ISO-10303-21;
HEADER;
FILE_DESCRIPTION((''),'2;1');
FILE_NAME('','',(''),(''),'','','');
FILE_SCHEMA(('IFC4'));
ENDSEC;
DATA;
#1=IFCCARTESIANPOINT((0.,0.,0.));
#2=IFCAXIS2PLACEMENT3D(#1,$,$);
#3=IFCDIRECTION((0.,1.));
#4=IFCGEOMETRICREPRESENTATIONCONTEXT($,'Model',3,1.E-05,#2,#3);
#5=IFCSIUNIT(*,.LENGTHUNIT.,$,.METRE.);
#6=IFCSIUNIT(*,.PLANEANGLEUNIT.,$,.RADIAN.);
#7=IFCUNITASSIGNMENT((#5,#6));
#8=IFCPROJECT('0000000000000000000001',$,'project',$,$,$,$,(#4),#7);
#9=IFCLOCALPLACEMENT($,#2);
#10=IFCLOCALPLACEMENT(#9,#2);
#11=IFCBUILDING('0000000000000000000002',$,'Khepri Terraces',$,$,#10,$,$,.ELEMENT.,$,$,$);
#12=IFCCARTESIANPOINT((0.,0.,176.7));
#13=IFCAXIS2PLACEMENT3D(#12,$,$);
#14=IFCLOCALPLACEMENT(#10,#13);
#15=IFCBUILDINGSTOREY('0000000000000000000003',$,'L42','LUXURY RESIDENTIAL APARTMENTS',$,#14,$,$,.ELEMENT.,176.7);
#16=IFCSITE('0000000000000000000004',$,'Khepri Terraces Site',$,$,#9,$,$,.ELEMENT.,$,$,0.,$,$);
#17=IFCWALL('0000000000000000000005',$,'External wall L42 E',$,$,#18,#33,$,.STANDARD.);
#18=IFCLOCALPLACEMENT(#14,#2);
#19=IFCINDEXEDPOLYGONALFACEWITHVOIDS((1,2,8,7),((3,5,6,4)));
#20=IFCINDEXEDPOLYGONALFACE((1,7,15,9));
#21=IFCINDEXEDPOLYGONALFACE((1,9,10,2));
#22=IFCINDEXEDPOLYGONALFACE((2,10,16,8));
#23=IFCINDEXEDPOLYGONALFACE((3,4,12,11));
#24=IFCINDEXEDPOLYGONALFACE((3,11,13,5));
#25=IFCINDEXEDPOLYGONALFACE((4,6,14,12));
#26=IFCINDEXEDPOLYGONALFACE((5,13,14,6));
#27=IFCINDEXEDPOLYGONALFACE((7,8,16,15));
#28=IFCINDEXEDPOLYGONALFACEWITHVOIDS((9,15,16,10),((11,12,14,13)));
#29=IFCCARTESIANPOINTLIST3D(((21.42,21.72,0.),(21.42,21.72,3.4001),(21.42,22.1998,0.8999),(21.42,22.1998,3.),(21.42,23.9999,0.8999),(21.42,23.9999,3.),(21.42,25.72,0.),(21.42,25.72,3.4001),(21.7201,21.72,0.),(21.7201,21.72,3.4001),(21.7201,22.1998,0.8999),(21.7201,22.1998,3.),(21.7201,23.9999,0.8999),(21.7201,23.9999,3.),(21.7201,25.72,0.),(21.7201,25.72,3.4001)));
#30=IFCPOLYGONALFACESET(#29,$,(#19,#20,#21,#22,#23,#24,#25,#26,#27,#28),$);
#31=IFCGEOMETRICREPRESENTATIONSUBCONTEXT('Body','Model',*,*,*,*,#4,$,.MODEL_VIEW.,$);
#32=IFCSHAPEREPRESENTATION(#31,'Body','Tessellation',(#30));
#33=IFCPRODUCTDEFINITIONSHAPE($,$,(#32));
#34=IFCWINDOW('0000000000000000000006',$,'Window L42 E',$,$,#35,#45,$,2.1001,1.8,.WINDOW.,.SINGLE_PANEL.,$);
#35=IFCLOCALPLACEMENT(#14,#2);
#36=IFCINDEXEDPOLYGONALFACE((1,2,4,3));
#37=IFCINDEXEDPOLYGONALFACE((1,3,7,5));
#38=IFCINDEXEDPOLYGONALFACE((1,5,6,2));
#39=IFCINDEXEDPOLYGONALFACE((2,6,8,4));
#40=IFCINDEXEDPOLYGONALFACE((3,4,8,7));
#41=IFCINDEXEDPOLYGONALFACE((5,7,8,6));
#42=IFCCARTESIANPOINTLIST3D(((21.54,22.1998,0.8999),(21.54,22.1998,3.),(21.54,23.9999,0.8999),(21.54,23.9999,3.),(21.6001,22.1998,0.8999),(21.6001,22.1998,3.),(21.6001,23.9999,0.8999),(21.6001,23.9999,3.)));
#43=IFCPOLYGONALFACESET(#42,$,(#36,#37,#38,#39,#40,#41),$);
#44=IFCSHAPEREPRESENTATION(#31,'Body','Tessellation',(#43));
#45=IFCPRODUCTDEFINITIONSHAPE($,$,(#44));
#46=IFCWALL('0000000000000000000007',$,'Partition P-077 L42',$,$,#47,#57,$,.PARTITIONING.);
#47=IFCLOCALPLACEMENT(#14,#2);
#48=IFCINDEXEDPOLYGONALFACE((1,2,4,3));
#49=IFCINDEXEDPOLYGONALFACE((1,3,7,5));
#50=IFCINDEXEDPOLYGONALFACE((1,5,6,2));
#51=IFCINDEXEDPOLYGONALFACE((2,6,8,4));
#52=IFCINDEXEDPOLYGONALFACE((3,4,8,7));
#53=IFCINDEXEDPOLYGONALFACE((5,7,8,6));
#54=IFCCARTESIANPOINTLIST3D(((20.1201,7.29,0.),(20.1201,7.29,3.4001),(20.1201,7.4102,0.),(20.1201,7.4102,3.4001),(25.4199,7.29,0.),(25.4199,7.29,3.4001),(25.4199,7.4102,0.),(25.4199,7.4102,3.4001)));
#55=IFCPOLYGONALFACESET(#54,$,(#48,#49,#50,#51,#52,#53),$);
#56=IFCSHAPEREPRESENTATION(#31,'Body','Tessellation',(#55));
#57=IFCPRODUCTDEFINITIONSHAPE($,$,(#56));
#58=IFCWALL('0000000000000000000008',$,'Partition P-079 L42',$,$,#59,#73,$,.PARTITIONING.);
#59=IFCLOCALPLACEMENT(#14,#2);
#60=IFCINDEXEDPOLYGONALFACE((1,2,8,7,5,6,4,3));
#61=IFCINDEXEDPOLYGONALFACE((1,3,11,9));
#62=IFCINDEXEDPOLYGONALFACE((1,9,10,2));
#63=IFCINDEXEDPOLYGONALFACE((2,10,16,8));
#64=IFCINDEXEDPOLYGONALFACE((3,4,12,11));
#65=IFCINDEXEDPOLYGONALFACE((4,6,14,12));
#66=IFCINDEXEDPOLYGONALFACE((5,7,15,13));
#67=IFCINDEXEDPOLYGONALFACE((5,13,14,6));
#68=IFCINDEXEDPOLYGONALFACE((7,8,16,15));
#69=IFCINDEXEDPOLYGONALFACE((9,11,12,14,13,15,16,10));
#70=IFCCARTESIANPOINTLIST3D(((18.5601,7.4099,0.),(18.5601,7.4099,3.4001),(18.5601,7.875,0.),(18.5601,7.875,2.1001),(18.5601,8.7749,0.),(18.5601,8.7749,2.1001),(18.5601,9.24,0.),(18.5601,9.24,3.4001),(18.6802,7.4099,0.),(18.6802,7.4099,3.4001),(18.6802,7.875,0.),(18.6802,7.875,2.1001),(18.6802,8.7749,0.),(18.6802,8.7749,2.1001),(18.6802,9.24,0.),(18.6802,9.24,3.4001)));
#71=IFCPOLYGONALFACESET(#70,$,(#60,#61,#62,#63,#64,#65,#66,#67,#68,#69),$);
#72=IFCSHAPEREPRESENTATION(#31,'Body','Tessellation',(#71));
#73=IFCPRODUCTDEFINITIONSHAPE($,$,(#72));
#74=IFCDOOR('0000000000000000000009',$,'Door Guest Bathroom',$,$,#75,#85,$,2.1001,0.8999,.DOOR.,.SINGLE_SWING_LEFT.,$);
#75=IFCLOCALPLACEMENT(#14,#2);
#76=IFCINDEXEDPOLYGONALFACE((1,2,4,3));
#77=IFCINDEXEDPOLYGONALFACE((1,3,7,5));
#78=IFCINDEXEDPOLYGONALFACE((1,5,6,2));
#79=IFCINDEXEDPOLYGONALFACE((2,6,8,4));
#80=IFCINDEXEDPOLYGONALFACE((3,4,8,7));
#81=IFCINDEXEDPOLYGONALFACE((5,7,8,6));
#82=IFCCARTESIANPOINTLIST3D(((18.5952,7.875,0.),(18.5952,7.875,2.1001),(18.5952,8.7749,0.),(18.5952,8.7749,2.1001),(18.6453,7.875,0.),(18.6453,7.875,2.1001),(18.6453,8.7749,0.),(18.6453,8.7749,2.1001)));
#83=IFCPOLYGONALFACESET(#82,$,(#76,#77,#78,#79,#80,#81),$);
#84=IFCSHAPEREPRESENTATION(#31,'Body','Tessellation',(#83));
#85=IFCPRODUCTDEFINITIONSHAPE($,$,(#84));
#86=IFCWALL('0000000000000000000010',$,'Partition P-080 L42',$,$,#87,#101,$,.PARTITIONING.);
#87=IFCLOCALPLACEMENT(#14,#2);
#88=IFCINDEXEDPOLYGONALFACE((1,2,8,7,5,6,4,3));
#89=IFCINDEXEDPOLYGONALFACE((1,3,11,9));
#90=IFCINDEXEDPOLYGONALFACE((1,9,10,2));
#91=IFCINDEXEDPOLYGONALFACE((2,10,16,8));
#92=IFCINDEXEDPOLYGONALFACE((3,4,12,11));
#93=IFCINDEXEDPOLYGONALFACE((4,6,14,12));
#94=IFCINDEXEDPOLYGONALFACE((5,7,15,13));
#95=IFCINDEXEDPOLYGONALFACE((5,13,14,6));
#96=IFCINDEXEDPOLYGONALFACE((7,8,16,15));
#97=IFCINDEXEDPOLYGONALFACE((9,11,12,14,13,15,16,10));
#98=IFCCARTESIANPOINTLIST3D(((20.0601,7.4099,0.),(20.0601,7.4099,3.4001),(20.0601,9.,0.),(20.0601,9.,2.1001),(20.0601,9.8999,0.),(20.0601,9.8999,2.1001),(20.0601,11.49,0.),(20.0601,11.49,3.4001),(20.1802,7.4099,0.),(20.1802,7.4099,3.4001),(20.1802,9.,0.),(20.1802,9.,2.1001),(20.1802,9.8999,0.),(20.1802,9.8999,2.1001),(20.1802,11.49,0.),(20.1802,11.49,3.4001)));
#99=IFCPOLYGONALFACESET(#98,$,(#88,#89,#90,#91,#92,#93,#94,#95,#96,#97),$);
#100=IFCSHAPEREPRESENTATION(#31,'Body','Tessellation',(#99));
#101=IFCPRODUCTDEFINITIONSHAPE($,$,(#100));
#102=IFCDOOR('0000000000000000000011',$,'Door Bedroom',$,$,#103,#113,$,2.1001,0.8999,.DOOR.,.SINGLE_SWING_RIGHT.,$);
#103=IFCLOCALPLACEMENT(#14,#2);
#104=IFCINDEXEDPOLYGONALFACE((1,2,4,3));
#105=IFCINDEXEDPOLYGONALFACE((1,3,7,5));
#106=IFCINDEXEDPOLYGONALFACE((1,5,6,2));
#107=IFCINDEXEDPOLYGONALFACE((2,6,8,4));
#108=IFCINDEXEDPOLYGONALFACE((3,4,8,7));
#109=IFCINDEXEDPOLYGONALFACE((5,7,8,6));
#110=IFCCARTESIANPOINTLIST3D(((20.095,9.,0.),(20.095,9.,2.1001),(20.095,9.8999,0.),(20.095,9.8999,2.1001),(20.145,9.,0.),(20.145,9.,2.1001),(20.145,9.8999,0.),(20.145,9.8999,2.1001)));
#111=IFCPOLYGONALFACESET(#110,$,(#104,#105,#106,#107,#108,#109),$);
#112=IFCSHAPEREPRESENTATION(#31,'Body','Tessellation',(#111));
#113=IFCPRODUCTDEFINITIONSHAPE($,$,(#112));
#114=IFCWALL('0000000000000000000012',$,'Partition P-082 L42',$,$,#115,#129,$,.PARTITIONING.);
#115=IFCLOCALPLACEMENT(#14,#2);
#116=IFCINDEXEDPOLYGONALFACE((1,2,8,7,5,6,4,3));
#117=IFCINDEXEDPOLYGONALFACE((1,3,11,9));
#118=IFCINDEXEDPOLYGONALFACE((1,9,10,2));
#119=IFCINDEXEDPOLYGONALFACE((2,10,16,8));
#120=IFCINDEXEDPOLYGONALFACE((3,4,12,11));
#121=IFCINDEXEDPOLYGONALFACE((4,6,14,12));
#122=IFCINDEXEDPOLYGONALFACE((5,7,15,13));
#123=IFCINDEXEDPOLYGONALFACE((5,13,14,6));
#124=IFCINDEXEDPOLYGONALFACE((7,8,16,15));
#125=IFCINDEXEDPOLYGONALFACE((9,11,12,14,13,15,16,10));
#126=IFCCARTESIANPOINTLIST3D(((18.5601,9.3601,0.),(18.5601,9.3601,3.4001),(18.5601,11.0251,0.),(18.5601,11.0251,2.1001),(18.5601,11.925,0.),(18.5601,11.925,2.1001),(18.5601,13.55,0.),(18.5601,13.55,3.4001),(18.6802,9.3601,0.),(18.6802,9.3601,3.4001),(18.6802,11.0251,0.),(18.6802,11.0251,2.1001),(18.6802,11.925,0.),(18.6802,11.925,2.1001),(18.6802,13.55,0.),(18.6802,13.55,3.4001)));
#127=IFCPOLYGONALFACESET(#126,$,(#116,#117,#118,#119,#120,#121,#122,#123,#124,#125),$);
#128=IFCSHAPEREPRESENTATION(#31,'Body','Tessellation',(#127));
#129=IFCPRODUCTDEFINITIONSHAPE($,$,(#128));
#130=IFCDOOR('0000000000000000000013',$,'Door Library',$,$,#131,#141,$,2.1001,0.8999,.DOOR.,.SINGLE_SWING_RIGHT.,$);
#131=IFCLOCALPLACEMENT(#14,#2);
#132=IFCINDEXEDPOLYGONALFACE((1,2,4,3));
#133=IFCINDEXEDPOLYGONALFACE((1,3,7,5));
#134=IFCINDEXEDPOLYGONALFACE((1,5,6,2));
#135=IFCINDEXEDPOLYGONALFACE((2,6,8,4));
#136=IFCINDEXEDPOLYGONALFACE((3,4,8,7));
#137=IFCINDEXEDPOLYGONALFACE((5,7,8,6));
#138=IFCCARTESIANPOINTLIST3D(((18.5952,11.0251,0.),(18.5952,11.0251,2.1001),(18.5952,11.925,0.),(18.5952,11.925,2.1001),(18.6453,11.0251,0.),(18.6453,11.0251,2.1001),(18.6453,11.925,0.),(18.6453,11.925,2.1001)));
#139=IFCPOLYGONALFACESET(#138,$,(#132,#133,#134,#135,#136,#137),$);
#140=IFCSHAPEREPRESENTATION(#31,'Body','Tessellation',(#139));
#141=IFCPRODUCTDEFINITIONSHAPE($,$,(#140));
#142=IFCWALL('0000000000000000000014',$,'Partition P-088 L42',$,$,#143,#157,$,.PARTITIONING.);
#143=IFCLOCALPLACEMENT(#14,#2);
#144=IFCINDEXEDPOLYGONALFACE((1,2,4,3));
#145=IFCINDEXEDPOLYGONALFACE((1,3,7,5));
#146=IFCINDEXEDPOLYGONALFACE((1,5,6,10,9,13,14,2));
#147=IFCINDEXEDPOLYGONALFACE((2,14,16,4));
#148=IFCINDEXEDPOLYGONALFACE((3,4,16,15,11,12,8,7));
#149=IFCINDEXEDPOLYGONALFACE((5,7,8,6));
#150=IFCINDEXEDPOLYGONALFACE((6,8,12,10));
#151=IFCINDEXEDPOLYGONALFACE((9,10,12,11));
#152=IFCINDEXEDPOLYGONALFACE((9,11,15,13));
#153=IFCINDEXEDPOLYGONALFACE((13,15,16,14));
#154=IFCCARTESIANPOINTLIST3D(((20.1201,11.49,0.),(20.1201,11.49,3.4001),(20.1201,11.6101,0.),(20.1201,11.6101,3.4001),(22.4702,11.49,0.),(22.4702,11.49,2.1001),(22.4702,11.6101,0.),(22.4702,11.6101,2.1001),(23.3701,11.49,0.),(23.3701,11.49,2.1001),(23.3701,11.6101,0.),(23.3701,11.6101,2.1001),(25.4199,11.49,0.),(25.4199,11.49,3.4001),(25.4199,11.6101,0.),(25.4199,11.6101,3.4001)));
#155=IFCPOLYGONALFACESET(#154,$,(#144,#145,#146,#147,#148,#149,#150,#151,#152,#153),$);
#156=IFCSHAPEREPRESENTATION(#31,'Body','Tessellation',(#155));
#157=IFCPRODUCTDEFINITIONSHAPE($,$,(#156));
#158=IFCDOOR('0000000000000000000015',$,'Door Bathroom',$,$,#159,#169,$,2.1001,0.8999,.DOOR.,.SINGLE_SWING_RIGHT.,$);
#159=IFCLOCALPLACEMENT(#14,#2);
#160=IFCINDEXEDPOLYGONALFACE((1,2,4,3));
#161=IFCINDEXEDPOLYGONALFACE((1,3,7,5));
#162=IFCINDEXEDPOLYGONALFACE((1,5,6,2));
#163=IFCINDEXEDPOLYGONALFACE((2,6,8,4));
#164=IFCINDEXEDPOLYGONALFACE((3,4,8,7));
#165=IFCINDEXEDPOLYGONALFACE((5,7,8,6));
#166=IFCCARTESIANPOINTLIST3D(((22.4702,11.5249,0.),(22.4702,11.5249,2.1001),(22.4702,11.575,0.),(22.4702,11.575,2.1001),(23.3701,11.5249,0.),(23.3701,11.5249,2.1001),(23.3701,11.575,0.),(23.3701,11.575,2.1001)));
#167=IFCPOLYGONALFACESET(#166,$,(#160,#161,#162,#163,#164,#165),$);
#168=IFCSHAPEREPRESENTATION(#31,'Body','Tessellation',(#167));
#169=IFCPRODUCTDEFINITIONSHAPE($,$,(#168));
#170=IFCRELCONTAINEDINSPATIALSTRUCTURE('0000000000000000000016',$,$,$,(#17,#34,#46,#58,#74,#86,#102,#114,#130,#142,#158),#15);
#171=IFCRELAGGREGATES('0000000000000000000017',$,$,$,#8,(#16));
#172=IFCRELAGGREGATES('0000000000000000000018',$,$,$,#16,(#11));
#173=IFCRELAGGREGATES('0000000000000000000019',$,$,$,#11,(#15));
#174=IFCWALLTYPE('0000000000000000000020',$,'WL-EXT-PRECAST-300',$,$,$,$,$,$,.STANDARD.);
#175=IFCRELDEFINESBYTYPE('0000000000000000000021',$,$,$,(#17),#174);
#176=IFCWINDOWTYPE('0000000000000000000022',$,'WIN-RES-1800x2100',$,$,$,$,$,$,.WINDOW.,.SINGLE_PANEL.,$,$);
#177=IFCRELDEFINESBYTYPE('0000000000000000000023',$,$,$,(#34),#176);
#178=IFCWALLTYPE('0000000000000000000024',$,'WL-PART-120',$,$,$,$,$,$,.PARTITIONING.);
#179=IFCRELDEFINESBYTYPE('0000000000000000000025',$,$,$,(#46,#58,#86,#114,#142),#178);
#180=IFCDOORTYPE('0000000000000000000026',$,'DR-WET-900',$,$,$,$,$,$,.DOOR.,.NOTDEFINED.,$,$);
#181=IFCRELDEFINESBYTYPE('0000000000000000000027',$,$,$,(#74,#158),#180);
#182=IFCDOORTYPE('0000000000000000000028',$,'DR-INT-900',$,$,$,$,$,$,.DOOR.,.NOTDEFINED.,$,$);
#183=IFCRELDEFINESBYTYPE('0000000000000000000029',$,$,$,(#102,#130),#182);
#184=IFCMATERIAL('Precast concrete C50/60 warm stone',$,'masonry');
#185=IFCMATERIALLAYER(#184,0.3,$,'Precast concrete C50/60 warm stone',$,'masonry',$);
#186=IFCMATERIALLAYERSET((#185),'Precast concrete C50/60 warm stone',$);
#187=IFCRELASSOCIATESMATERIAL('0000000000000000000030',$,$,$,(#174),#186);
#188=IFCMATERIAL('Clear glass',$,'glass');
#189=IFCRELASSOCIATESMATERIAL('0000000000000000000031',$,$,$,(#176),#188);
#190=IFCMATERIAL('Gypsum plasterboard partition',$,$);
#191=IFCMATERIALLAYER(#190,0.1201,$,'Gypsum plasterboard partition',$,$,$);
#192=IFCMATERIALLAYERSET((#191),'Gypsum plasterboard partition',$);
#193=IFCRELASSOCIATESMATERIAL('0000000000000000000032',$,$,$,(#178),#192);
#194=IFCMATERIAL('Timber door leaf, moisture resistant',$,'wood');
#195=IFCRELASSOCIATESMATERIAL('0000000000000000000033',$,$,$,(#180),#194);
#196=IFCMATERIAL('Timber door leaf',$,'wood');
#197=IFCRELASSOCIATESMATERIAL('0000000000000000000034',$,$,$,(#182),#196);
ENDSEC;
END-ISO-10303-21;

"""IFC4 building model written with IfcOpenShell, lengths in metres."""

from ifc_helpers import new_model, si_unit, direction, frame, frame_2d, origin, place, context, subcontext, project, spatial, rectangle, extrude, material, layer, layer_set, type_object, element, fill, save


model = new_model("IFC4")

# Units and contexts
model_context = context("Model", 3, precision=1e-05, world=origin(), true_north=direction((0.0, 1.0)))
body_context = subcontext(model_context, "Body", "Model", "MODEL_VIEW")
ifc_project = project(units=[si_unit("LENGTHUNIT", "METRE"), si_unit("PLANEANGLEUNIT", "RADIAN")], contexts=[model_context])

# Site, building, storey
site_placement = place(None, origin())
site = spatial("IfcSite", under=ifc_project, at=site_placement, Name="Khepri Terraces Site", CompositionType="ELEMENT", RefElevation=0.0)
building_placement = place(site_placement, origin())
building = spatial("IfcBuilding", under=site, at=building_placement, Name="Khepri Terraces", CompositionType="ELEMENT")
storey_placement = place(building_placement, frame((0.0, 0.0, 176.7)))
storey = spatial("IfcBuildingStorey", under=building, at=storey_placement, Name="L42", Description="LUXURY RESIDENTIAL APARTMENTS", CompositionType="ELEMENT", Elevation=176.7)

# Shared definitions
ifc_material_1 = material(Name="Precast concrete C50/60 warm stone", Category="masonry")
ifc_layer_1 = layer(ifc_material_1, 0.3, Name="Precast concrete C50/60 warm stone", Category="masonry")
ifc_layer_set_1 = layer_set([ifc_layer_1], Name="Precast concrete C50/60 warm stone")
wall_type_1 = type_object("IfcWallType", Name="WL-EXT-PRECAST-300", PredefinedType="STANDARD", material=ifc_layer_set_1)
ifc_material_2 = material(Name="Clear glass", Category="glass")
window_type = type_object("IfcWindowType", Name="WIN-RES-1800x2100", PartitioningType="SINGLE_PANEL", PredefinedType="WINDOW", material=ifc_material_2)

# Wall, opening, window
wall_1_placement = place(storey_placement, frame((21.5701, 21.72, 0.0), z_axis=(0.0, 0.0, 1.0), x_axis=(0.0, 1.0, 0.0)))
wall_1 = element("IfcWall", 1, at=wall_1_placement, inside=storey, type_object=wall_type_1, Name="External wall L42 E", PredefinedType="STANDARD", context=body_context, shape_type="SweptSolid", body=[
    extrude(rectangle(XDim=4.0, YDim=0.3, at=frame_2d((2.0, 0.0))), origin(), (0.0, 0.0, 1.0), 3.4001),
])
opening_1_placement = place(wall_1_placement, frame((0.48, 0.0, 0.8999)))
opening_1 = element("IfcOpeningElement", 2, at=opening_1_placement, cuts=wall_1, PredefinedType="OPENING", context=body_context, shape_type="SweptSolid", body=[
    extrude(rectangle(XDim=1.8, YDim=2.1001, at=frame_2d((0.8999, 1.05))), frame((0.0, 0.1602, 0.0), z_axis=(0.0, -1.0, 0.0), x_axis=(1.0, 0.0, 0.0)), (0.0, 0.0, 1.0), 0.3201),
])
window_1_placement = place(opening_1_placement, origin())
window_1 = element("IfcWindow", 3, at=window_1_placement, inside=storey, type_object=window_type, Name="Window L42 E", OverallHeight=2.1001, OverallWidth=1.8, PartitioningType="SINGLE_PANEL", PredefinedType="WINDOW", context=body_context, shape_type="SweptSolid", body=[
    extrude(rectangle(XDim=1.8, YDim=2.1001, at=frame_2d((0.8999, 1.05))), frame((0.0, 0.03, 0.0), z_axis=(0.0, -1.0, 0.0), x_axis=(1.0, 0.0, 0.0)), (0.0, 0.0, 1.0), 0.0601),
])
fill(opening_1, window_1)

# Wall
ifc_material_3 = material(Name="Gypsum plasterboard partition")
ifc_layer_2 = layer(ifc_material_3, 0.1201, Name="Gypsum plasterboard partition")
ifc_layer_set_2 = layer_set([ifc_layer_2], Name="Gypsum plasterboard partition")
wall_type_2 = type_object("IfcWallType", Name="WL-PART-120", PredefinedType="PARTITIONING", material=ifc_layer_set_2)
wall_2_placement = place(storey_placement, frame((20.1201, 7.3501, 0.0), z_axis=(0.0, 0.0, 1.0), x_axis=(1.0, 0.0, 0.0)))
element("IfcWall", 4, at=wall_2_placement, inside=storey, type_object=wall_type_2, Name="Partition P-077 L42", PredefinedType="PARTITIONING", context=body_context, shape_type="SweptSolid", body=[
    extrude(rectangle(XDim=5.2998, YDim=0.1201, at=frame_2d((2.6499, 0.0))), origin(), (0.0, 0.0, 1.0), 3.4001),
])

# Walls, openings, doors
wall_3_placement = place(storey_placement, frame((18.6201, 7.4099, 0.0), z_axis=(0.0, 0.0, 1.0), x_axis=(0.0, 1.0, 0.0)))
wall_3 = element("IfcWall", 5, at=wall_3_placement, inside=storey, type_object=wall_type_2, Name="Partition P-079 L42", PredefinedType="PARTITIONING", context=body_context, shape_type="SweptSolid", body=[
    extrude(rectangle(XDim=1.8301, YDim=0.1201, at=frame_2d((0.915, 0.0))), origin(), (0.0, 0.0, 1.0), 3.4001),
])
opening_2_placement = place(wall_3_placement, frame((0.4651, 0.0, 0.0)))
opening_2 = element("IfcOpeningElement", 6, at=opening_2_placement, cuts=wall_3, PredefinedType="OPENING", context=body_context, shape_type="SweptSolid", body=[
    extrude(rectangle(XDim=0.8999, YDim=2.1001, at=frame_2d((0.45, 1.05))), frame((0.0, 0.0701, 0.0), z_axis=(0.0, -1.0, 0.0), x_axis=(1.0, 0.0, 0.0)), (0.0, 0.0, 1.0), 0.1401),
])
ifc_material_4 = material(Name="Timber door leaf, moisture resistant", Category="wood")
door_type_1 = type_object("IfcDoorType", Name="DR-WET-900", OperationType="NOTDEFINED", PredefinedType="DOOR", material=ifc_material_4)
door_1_placement = place(opening_2_placement, origin())
door_1 = element("IfcDoor", 7, at=door_1_placement, inside=storey, type_object=door_type_1, Name="Door Guest Bathroom", OperationType="SINGLE_SWING_LEFT", OverallHeight=2.1001, OverallWidth=0.8999, PredefinedType="DOOR", context=body_context, shape_type="SweptSolid", body=[
    extrude(rectangle(XDim=0.8999, YDim=2.1001, at=frame_2d((0.45, 1.05))), frame((0.0, 0.0249, 0.0), z_axis=(0.0, -1.0, 0.0), x_axis=(1.0, 0.0, 0.0)), (0.0, 0.0, 1.0), 0.05),
])
fill(opening_2, door_1)
wall_4_placement = place(storey_placement, frame((20.1201, 7.4099, 0.0), z_axis=(0.0, 0.0, 1.0), x_axis=(0.0, 1.0, 0.0)))
wall_4 = element("IfcWall", 8, at=wall_4_placement, inside=storey, type_object=wall_type_2, Name="Partition P-080 L42", PredefinedType="PARTITIONING", context=body_context, shape_type="SweptSolid", body=[
    extrude(rectangle(XDim=4.0801, YDim=0.1201, at=frame_2d((2.04, 0.0))), origin(), (0.0, 0.0, 1.0), 3.4001),
])
opening_3_placement = place(wall_4_placement, frame((1.5901, 0.0, 0.0)))
opening_3 = element("IfcOpeningElement", 9, at=opening_3_placement, cuts=wall_4, PredefinedType="OPENING", context=body_context, shape_type="SweptSolid", body=[
    extrude(rectangle(XDim=0.8999, YDim=2.1001, at=frame_2d((0.45, 1.05))), frame((0.0, 0.0701, 0.0), z_axis=(0.0, -1.0, 0.0), x_axis=(1.0, 0.0, 0.0)), (0.0, 0.0, 1.0), 0.1401),
])
ifc_material_5 = material(Name="Timber door leaf", Category="wood")
door_type_2 = type_object("IfcDoorType", Name="DR-INT-900", OperationType="NOTDEFINED", PredefinedType="DOOR", material=ifc_material_5)
door_2_placement = place(opening_3_placement, frame((0.8999, 0.0, 0.0), z_axis=(0.0, 0.0, 1.0), x_axis=(-1.0, 0.0, 0.0)))
door_2 = element("IfcDoor", 10, at=door_2_placement, inside=storey, type_object=door_type_2, Name="Door Bedroom", OperationType="SINGLE_SWING_RIGHT", OverallHeight=2.1001, OverallWidth=0.8999, PredefinedType="DOOR", context=body_context, shape_type="SweptSolid", body=[
    extrude(rectangle(XDim=0.8999, YDim=2.1001, at=frame_2d((0.45, 1.05))), frame((0.0, 0.0249, 0.0), z_axis=(0.0, -1.0, 0.0), x_axis=(1.0, 0.0, 0.0)), (0.0, 0.0, 1.0), 0.05),
])
fill(opening_3, door_2)
wall_5_placement = place(storey_placement, frame((18.6201, 9.3601, 0.0), z_axis=(0.0, 0.0, 1.0), x_axis=(0.0, 1.0, 0.0)))
wall_5 = element("IfcWall", 11, at=wall_5_placement, inside=storey, type_object=wall_type_2, Name="Partition P-082 L42", PredefinedType="PARTITIONING", context=body_context, shape_type="SweptSolid", body=[
    extrude(rectangle(XDim=4.1899, YDim=0.1201, at=frame_2d((2.095, 0.0))), origin(), (0.0, 0.0, 1.0), 3.4001),
])
opening_4_placement = place(wall_5_placement, frame((1.665, 0.0, 0.0)))
opening_4 = element("IfcOpeningElement", 12, at=opening_4_placement, cuts=wall_5, PredefinedType="OPENING", context=body_context, shape_type="SweptSolid", body=[
    extrude(rectangle(XDim=0.8999, YDim=2.1001, at=frame_2d((0.45, 1.05))), frame((0.0, 0.0701, 0.0), z_axis=(0.0, -1.0, 0.0), x_axis=(1.0, 0.0, 0.0)), (0.0, 0.0, 1.0), 0.1401),
])
door_3_placement = place(opening_4_placement, origin())
door_3 = element("IfcDoor", 13, at=door_3_placement, inside=storey, type_object=door_type_2, Name="Door Library", OperationType="SINGLE_SWING_RIGHT", OverallHeight=2.1001, OverallWidth=0.8999, PredefinedType="DOOR", context=body_context, shape_type="SweptSolid", body=[
    extrude(rectangle(XDim=0.8999, YDim=2.1001, at=frame_2d((0.45, 1.05))), frame((0.0, 0.0249, 0.0), z_axis=(0.0, -1.0, 0.0), x_axis=(1.0, 0.0, 0.0)), (0.0, 0.0, 1.0), 0.05),
])
fill(opening_4, door_3)
wall_6_placement = place(storey_placement, frame((20.1201, 11.55, 0.0), z_axis=(0.0, 0.0, 1.0), x_axis=(1.0, 0.0, 0.0)))
wall_6 = element("IfcWall", 14, at=wall_6_placement, inside=storey, type_object=wall_type_2, Name="Partition P-088 L42", PredefinedType="PARTITIONING", context=body_context, shape_type="SweptSolid", body=[
    extrude(rectangle(XDim=5.2998, YDim=0.1201, at=frame_2d((2.6499, 0.0))), origin(), (0.0, 0.0, 1.0), 3.4001),
])
opening_5_placement = place(wall_6_placement, frame((2.3501, 0.0, 0.0)))
opening_5 = element("IfcOpeningElement", 15, at=opening_5_placement, cuts=wall_6, PredefinedType="OPENING", context=body_context, shape_type="SweptSolid", body=[
    extrude(rectangle(XDim=0.8999, YDim=2.1001, at=frame_2d((0.45, 1.05))), frame((0.0, 0.0701, 0.0), z_axis=(0.0, -1.0, 0.0), x_axis=(1.0, 0.0, 0.0)), (0.0, 0.0, 1.0), 0.1401),
])
door_4_placement = place(opening_5_placement, origin())
door_4 = element("IfcDoor", 16, at=door_4_placement, inside=storey, type_object=door_type_1, Name="Door Bathroom", OperationType="SINGLE_SWING_RIGHT", OverallHeight=2.1001, OverallWidth=0.8999, PredefinedType="DOOR", context=body_context, shape_type="SweptSolid", body=[
    extrude(rectangle(XDim=0.8999, YDim=2.1001, at=frame_2d((0.45, 1.05))), frame((0.0, 0.0249, 0.0), z_axis=(0.0, -1.0, 0.0), x_axis=(1.0, 0.0, 0.0)), (0.0, 0.0, 1.0), 0.05),
])
fill(opening_5, door_4)

save(model, "model.ifc")
